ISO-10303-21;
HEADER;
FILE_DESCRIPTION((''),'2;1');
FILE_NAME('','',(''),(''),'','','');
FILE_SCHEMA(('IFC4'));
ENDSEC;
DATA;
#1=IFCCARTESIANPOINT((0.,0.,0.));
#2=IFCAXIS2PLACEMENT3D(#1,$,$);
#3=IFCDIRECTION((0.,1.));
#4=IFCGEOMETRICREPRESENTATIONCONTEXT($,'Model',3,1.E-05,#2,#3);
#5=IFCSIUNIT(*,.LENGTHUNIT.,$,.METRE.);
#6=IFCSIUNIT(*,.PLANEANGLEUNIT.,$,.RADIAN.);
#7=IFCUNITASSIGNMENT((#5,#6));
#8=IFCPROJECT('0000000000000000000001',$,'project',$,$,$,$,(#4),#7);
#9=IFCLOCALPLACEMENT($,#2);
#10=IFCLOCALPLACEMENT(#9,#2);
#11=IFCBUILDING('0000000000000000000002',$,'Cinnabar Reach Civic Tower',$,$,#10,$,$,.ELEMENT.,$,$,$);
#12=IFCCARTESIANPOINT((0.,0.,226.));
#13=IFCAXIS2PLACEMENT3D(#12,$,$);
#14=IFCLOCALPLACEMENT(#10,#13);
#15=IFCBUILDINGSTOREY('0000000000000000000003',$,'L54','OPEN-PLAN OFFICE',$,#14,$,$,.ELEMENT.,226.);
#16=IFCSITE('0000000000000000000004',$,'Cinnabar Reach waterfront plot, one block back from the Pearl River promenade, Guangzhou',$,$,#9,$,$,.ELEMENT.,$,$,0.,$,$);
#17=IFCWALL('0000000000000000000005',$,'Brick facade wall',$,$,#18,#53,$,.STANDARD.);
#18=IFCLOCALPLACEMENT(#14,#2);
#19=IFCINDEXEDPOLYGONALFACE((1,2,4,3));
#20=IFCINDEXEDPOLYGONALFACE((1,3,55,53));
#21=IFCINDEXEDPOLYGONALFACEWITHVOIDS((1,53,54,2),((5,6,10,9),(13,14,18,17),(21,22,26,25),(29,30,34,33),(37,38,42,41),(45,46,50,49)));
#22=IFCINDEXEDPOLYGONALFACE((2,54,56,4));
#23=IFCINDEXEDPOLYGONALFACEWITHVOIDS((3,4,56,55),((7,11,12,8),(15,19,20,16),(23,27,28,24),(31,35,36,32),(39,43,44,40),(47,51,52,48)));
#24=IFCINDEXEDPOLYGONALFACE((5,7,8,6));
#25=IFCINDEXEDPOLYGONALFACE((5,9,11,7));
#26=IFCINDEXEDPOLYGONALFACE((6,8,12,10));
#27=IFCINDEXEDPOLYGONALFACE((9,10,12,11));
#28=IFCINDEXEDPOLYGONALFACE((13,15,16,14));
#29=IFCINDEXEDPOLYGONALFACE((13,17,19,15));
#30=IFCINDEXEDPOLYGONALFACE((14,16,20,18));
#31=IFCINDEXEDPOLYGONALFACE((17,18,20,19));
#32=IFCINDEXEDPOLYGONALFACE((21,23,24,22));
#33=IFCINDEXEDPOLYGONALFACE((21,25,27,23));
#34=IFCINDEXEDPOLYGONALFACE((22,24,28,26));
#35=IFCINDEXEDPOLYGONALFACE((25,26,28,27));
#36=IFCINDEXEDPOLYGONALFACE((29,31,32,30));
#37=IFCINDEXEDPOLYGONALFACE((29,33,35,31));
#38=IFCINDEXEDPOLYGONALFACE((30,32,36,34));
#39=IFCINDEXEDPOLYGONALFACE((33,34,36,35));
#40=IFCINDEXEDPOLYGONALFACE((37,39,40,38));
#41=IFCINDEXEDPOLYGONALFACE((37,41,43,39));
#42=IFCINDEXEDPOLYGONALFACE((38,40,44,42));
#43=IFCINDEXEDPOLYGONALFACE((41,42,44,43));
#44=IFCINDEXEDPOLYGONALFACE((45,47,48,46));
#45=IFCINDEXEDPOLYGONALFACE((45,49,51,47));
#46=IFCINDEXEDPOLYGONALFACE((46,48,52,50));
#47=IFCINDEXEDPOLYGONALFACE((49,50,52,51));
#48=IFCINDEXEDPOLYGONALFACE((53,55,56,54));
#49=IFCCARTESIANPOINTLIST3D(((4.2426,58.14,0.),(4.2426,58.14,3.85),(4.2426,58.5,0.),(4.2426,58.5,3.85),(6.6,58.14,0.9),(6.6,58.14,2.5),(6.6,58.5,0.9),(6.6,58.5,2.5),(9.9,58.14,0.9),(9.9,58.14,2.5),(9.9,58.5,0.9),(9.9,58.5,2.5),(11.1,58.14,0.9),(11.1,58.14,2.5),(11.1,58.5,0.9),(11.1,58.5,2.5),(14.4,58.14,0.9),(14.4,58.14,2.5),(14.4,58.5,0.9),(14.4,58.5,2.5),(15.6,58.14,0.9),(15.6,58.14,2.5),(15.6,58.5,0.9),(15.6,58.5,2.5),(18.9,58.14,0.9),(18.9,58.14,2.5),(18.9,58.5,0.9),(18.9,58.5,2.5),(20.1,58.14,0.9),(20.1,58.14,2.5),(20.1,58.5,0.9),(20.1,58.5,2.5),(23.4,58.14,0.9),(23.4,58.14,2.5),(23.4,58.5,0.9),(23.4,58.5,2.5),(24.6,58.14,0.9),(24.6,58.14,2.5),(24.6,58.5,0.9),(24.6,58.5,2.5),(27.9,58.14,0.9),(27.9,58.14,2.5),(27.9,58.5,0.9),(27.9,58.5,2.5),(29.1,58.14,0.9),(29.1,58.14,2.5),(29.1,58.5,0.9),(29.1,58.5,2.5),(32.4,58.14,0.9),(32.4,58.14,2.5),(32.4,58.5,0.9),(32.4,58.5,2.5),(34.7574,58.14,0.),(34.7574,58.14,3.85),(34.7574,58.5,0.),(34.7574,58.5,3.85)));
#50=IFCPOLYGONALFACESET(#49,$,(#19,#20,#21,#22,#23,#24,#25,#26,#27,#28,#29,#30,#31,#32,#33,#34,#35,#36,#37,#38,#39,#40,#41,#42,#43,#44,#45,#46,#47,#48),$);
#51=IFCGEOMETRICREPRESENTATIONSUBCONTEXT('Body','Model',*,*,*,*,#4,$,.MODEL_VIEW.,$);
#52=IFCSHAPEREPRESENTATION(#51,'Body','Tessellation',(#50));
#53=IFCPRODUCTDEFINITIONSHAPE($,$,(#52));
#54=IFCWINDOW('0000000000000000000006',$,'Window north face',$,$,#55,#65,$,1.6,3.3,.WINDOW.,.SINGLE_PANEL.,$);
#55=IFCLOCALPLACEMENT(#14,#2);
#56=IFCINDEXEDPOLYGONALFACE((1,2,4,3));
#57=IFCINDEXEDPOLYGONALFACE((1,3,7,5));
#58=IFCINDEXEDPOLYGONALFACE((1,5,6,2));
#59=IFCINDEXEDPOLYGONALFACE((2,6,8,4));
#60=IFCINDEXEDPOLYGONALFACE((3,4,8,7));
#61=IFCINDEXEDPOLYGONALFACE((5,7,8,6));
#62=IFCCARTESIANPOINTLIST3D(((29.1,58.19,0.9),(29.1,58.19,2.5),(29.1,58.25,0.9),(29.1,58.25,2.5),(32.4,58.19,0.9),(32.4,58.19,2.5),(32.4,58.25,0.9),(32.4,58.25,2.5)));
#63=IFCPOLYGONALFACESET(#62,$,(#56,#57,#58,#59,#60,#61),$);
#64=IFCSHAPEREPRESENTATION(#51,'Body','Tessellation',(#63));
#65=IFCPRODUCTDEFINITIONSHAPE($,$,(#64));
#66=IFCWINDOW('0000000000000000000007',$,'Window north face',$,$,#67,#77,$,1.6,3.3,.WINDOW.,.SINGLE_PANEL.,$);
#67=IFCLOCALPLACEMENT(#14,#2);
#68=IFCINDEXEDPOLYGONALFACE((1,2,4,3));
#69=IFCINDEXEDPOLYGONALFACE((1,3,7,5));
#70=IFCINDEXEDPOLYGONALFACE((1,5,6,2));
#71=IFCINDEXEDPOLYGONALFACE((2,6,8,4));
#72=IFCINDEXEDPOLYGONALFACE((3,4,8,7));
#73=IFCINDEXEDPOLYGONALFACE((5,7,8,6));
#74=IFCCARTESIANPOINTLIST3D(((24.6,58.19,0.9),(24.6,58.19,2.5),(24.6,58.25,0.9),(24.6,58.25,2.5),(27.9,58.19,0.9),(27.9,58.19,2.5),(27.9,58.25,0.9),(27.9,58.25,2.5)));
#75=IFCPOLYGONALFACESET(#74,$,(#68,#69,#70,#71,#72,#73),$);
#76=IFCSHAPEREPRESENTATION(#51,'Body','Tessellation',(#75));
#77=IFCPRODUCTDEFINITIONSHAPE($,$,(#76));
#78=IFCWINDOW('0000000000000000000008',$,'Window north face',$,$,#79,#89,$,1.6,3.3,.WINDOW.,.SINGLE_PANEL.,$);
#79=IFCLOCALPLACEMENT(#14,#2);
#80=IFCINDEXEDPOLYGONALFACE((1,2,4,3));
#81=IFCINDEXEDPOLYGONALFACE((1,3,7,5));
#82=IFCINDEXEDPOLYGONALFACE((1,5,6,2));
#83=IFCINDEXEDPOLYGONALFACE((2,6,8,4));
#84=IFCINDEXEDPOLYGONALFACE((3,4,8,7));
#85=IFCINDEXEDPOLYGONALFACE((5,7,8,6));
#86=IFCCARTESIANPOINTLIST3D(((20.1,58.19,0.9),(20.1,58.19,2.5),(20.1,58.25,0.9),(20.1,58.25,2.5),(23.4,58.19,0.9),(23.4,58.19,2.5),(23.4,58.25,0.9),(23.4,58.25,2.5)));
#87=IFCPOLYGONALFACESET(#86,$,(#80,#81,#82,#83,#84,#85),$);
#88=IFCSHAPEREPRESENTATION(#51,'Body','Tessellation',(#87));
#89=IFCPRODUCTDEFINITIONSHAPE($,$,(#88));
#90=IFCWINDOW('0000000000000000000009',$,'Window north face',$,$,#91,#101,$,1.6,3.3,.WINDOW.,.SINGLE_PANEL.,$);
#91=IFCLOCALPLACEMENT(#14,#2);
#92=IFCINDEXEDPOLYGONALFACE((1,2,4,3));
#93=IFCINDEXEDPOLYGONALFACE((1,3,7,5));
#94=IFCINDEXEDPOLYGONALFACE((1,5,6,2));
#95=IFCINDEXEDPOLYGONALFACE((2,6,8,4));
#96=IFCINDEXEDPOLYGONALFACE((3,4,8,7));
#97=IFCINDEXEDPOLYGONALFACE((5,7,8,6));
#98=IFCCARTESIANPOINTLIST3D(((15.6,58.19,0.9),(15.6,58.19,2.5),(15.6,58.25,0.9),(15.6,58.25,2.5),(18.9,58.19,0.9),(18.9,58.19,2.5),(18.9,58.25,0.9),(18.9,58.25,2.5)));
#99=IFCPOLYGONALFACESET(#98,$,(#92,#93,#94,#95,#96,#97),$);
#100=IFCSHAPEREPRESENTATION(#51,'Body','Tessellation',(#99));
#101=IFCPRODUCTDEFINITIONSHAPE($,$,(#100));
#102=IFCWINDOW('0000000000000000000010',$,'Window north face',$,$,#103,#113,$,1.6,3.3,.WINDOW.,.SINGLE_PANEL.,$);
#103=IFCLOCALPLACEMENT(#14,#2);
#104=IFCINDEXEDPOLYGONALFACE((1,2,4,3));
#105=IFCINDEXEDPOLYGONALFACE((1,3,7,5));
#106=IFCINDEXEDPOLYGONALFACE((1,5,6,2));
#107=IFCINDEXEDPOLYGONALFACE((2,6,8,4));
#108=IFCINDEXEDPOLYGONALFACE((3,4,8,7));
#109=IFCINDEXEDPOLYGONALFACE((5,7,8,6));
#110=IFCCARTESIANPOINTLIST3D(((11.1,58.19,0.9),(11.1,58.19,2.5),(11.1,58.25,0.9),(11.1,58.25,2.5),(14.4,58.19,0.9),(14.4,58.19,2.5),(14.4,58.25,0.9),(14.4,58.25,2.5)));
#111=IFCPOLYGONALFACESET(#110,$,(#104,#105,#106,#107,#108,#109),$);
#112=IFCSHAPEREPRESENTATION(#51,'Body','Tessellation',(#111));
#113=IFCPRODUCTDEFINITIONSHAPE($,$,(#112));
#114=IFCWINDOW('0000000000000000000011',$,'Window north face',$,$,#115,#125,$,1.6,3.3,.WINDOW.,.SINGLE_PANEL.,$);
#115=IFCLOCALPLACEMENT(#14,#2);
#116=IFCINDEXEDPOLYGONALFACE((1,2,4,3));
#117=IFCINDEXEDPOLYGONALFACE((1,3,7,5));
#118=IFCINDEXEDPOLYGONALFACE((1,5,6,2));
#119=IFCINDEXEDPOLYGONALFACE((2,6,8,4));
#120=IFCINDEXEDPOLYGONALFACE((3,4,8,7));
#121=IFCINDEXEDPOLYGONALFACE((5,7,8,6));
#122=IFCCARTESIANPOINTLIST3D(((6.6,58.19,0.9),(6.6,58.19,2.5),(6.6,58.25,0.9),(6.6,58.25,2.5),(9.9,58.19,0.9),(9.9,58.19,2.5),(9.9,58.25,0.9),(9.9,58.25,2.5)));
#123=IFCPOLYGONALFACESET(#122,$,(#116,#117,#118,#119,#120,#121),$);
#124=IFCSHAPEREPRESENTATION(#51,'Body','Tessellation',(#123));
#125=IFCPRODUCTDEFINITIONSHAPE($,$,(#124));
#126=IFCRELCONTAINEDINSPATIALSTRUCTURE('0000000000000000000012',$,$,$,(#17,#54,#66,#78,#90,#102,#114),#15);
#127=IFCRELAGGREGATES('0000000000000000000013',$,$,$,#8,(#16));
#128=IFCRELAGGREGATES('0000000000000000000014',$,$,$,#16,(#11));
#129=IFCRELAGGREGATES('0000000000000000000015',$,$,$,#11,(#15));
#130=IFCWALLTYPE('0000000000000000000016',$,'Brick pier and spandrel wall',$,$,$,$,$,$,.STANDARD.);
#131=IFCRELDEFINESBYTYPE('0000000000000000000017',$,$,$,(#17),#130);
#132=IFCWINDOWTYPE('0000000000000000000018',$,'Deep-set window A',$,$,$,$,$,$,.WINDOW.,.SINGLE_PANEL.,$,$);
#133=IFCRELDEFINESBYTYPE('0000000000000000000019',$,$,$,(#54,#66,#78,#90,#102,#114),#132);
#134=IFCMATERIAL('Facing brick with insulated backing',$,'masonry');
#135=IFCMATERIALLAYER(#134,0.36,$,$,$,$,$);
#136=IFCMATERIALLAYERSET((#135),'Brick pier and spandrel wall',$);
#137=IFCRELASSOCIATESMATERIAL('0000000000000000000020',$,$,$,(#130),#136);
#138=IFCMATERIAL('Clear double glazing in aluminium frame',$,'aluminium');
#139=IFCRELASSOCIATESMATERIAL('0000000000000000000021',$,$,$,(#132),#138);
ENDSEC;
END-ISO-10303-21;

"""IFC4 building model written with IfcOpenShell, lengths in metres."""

from ifc_helpers import new_model, si_unit, direction, frame, frame_2d, origin, place, context, subcontext, project, spatial, rectangle, extrude, material, layer, layer_set, type_object, element, fill, save


model = new_model("IFC4")

# Units and contexts
model_context = context("Model", 3, precision=1e-05, world=origin(), true_north=direction((0.0, 1.0)))
body_context = subcontext(model_context, "Body", "Model", "MODEL_VIEW")
ifc_project = project(units=[si_unit("LENGTHUNIT", "METRE"), si_unit("PLANEANGLEUNIT", "RADIAN")], contexts=[model_context])

# Site, building, storey
site_placement = place(None, origin())
site = spatial("IfcSite", under=ifc_project, at=site_placement, Name="Cinnabar Reach waterfront plot, one block back from the Pearl River promenade, Guangzhou", CompositionType="ELEMENT", RefElevation=0.0)
building_placement = place(site_placement, origin())
building = spatial("IfcBuilding", under=site, at=building_placement, Name="Cinnabar Reach Civic Tower", CompositionType="ELEMENT")
storey_placement = place(building_placement, frame((0.0, 0.0, 226.0)))
storey = spatial("IfcBuildingStorey", under=building, at=storey_placement, Name="L54", Description="OPEN-PLAN OFFICE", CompositionType="ELEMENT", Elevation=226.0)

# Wall, openings, windows
ifc_material_1 = material(Name="Facing brick with insulated backing", Category="masonry")
ifc_layer_1 = layer(ifc_material_1, 0.36)
ifc_layer_set_1 = layer_set([ifc_layer_1], Name="Brick pier and spandrel wall")
wall_type_1 = type_object("IfcWallType", Name="Brick pier and spandrel wall", PredefinedType="STANDARD", material=ifc_layer_set_1)
wall_1_placement = place(storey_placement, frame((34.7574, 58.32, 0.0), z_axis=(0.0, 0.0, 1.0), x_axis=(-1.0, 0.0, 0.0)))
wall_1 = element("IfcWall", 1, at=wall_1_placement, inside=storey, type_object=wall_type_1, Name="Brick facade wall", PredefinedType="STANDARD", context=body_context, shape_type="SweptSolid", body=[
    extrude(rectangle(XDim=30.5148, YDim=0.36, at=frame_2d((15.2574, 0.0))), origin(), (0.0, 0.0, 1.0), 3.85),
])
opening_1_placement = place(wall_1_placement, frame((2.3574, 0.0, 0.9)))
opening_1 = element("IfcOpeningElement", 2, at=opening_1_placement, cuts=wall_1, PredefinedType="OPENING", context=body_context, shape_type="SweptSolid", body=[
    extrude(rectangle(XDim=3.3, YDim=1.6, at=frame_2d((1.65, 0.8))), frame((0.0, 0.19, 0.0), z_axis=(0.0, -1.0, 0.0), x_axis=(1.0, 0.0, 0.0)), (0.0, 0.0, 1.0), 0.38),
])
opening_2_placement = place(wall_1_placement, frame((6.8574, 0.0, 0.9)))
opening_2 = element("IfcOpeningElement", 3, at=opening_2_placement, cuts=wall_1, PredefinedType="OPENING", context=body_context, shape_type="SweptSolid", body=[
    extrude(rectangle(XDim=3.3, YDim=1.6, at=frame_2d((1.65, 0.8))), frame((0.0, 0.19, 0.0), z_axis=(0.0, -1.0, 0.0), x_axis=(1.0, 0.0, 0.0)), (0.0, 0.0, 1.0), 0.38),
])
opening_3_placement = place(wall_1_placement, frame((11.3574, 0.0, 0.9)))
opening_3 = element("IfcOpeningElement", 4, at=opening_3_placement, cuts=wall_1, PredefinedType="OPENING", context=body_context, shape_type="SweptSolid", body=[
    extrude(rectangle(XDim=3.3, YDim=1.6, at=frame_2d((1.65, 0.8))), frame((0.0, 0.19, 0.0), z_axis=(0.0, -1.0, 0.0), x_axis=(1.0, 0.0, 0.0)), (0.0, 0.0, 1.0), 0.38),
])
opening_4_placement = place(wall_1_placement, frame((15.8574, 0.0, 0.9)))
opening_4 = element("IfcOpeningElement", 5, at=opening_4_placement, cuts=wall_1, PredefinedType="OPENING", context=body_context, shape_type="SweptSolid", body=[
    extrude(rectangle(XDim=3.3, YDim=1.6, at=frame_2d((1.65, 0.8))), frame((0.0, 0.19, 0.0), z_axis=(0.0, -1.0, 0.0), x_axis=(1.0, 0.0, 0.0)), (0.0, 0.0, 1.0), 0.38),
])
opening_5_placement = place(wall_1_placement, frame((20.3574, 0.0, 0.9)))
opening_5 = element("IfcOpeningElement", 6, at=opening_5_placement, cuts=wall_1, PredefinedType="OPENING", context=body_context, shape_type="SweptSolid", body=[
    extrude(rectangle(XDim=3.3, YDim=1.6, at=frame_2d((1.65, 0.8))), frame((0.0, 0.19, 0.0), z_axis=(0.0, -1.0, 0.0), x_axis=(1.0, 0.0, 0.0)), (0.0, 0.0, 1.0), 0.38),
])
opening_6_placement = place(wall_1_placement, frame((24.8574, 0.0, 0.9)))
opening_6 = element("IfcOpeningElement", 7, at=opening_6_placement, cuts=wall_1, PredefinedType="OPENING", context=body_context, shape_type="SweptSolid", body=[
    extrude(rectangle(XDim=3.3, YDim=1.6, at=frame_2d((1.65, 0.8))), frame((0.0, 0.19, 0.0), z_axis=(0.0, -1.0, 0.0), x_axis=(1.0, 0.0, 0.0)), (0.0, 0.0, 1.0), 0.38),
])
ifc_material_2 = material(Name="Clear double glazing in aluminium frame", Category="aluminium")
window_type = type_object("IfcWindowType", Name="Deep-set window A", PartitioningType="SINGLE_PANEL", PredefinedType="WINDOW", material=ifc_material_2)
window_1_placement = place(opening_1_placement, origin())
window_1 = element("IfcWindow", 8, at=window_1_placement, inside=storey, type_object=window_type, Name="Window north face", OverallHeight=1.6, OverallWidth=3.3, PartitioningType="SINGLE_PANEL", PredefinedType="WINDOW", context=body_context, shape_type="SweptSolid", body=[
    extrude(rectangle(XDim=3.3, YDim=1.6, at=frame_2d((1.65, 0.8))), frame((0.0, 0.13, 0.0), z_axis=(0.0, -1.0, 0.0), x_axis=(1.0, 0.0, 0.0)), (0.0, 0.0, 1.0), 0.06),
])
fill(opening_1, window_1)
window_2_placement = place(opening_2_placement, origin())
window_2 = element("IfcWindow", 9, at=window_2_placement, inside=storey, type_object=window_type, Name="Window north face", OverallHeight=1.6, OverallWidth=3.3, PartitioningType="SINGLE_PANEL", PredefinedType="WINDOW", context=body_context, shape_type="SweptSolid", body=[
    extrude(rectangle(XDim=3.3, YDim=1.6, at=frame_2d((1.65, 0.8))), frame((0.0, 0.13, 0.0), z_axis=(0.0, -1.0, 0.0), x_axis=(1.0, 0.0, 0.0)), (0.0, 0.0, 1.0), 0.06),
])
fill(opening_2, window_2)
window_3_placement = place(opening_3_placement, origin())
window_3 = element("IfcWindow", 10, at=window_3_placement, inside=storey, type_object=window_type, Name="Window north face", OverallHeight=1.6, OverallWidth=3.3, PartitioningType="SINGLE_PANEL", PredefinedType="WINDOW", context=body_context, shape_type="SweptSolid", body=[
    extrude(rectangle(XDim=3.3, YDim=1.6, at=frame_2d((1.65, 0.8))), frame((0.0, 0.13, 0.0), z_axis=(0.0, -1.0, 0.0), x_axis=(1.0, 0.0, 0.0)), (0.0, 0.0, 1.0), 0.06),
])
fill(opening_3, window_3)
window_4_placement = place(opening_4_placement, origin())
window_4 = element("IfcWindow", 11, at=window_4_placement, inside=storey, type_object=window_type, Name="Window north face", OverallHeight=1.6, OverallWidth=3.3, PartitioningType="SINGLE_PANEL", PredefinedType="WINDOW", context=body_context, shape_type="SweptSolid", body=[
    extrude(rectangle(XDim=3.3, YDim=1.6, at=frame_2d((1.65, 0.8))), frame((0.0, 0.13, 0.0), z_axis=(0.0, -1.0, 0.0), x_axis=(1.0, 0.0, 0.0)), (0.0, 0.0, 1.0), 0.06),
])
fill(opening_4, window_4)
window_5_placement = place(opening_5_placement, origin())
window_5 = element("IfcWindow", 12, at=window_5_placement, inside=storey, type_object=window_type, Name="Window north face", OverallHeight=1.6, OverallWidth=3.3, PartitioningType="SINGLE_PANEL", PredefinedType="WINDOW", context=body_context, shape_type="SweptSolid", body=[
    extrude(rectangle(XDim=3.3, YDim=1.6, at=frame_2d((1.65, 0.8))), frame((0.0, 0.13, 0.0), z_axis=(0.0, -1.0, 0.0), x_axis=(1.0, 0.0, 0.0)), (0.0, 0.0, 1.0), 0.06),
])
fill(opening_5, window_5)
window_6_placement = place(opening_6_placement, origin())
window_6 = element("IfcWindow", 13, at=window_6_placement, inside=storey, type_object=window_type, Name="Window north face", OverallHeight=1.6, OverallWidth=3.3, PartitioningType="SINGLE_PANEL", PredefinedType="WINDOW", context=body_context, shape_type="SweptSolid", body=[
    extrude(rectangle(XDim=3.3, YDim=1.6, at=frame_2d((1.65, 0.8))), frame((0.0, 0.13, 0.0), z_axis=(0.0, -1.0, 0.0), x_axis=(1.0, 0.0, 0.0)), (0.0, 0.0, 1.0), 0.06),
])
fill(opening_6, window_6)

save(model, "model.ifc")
